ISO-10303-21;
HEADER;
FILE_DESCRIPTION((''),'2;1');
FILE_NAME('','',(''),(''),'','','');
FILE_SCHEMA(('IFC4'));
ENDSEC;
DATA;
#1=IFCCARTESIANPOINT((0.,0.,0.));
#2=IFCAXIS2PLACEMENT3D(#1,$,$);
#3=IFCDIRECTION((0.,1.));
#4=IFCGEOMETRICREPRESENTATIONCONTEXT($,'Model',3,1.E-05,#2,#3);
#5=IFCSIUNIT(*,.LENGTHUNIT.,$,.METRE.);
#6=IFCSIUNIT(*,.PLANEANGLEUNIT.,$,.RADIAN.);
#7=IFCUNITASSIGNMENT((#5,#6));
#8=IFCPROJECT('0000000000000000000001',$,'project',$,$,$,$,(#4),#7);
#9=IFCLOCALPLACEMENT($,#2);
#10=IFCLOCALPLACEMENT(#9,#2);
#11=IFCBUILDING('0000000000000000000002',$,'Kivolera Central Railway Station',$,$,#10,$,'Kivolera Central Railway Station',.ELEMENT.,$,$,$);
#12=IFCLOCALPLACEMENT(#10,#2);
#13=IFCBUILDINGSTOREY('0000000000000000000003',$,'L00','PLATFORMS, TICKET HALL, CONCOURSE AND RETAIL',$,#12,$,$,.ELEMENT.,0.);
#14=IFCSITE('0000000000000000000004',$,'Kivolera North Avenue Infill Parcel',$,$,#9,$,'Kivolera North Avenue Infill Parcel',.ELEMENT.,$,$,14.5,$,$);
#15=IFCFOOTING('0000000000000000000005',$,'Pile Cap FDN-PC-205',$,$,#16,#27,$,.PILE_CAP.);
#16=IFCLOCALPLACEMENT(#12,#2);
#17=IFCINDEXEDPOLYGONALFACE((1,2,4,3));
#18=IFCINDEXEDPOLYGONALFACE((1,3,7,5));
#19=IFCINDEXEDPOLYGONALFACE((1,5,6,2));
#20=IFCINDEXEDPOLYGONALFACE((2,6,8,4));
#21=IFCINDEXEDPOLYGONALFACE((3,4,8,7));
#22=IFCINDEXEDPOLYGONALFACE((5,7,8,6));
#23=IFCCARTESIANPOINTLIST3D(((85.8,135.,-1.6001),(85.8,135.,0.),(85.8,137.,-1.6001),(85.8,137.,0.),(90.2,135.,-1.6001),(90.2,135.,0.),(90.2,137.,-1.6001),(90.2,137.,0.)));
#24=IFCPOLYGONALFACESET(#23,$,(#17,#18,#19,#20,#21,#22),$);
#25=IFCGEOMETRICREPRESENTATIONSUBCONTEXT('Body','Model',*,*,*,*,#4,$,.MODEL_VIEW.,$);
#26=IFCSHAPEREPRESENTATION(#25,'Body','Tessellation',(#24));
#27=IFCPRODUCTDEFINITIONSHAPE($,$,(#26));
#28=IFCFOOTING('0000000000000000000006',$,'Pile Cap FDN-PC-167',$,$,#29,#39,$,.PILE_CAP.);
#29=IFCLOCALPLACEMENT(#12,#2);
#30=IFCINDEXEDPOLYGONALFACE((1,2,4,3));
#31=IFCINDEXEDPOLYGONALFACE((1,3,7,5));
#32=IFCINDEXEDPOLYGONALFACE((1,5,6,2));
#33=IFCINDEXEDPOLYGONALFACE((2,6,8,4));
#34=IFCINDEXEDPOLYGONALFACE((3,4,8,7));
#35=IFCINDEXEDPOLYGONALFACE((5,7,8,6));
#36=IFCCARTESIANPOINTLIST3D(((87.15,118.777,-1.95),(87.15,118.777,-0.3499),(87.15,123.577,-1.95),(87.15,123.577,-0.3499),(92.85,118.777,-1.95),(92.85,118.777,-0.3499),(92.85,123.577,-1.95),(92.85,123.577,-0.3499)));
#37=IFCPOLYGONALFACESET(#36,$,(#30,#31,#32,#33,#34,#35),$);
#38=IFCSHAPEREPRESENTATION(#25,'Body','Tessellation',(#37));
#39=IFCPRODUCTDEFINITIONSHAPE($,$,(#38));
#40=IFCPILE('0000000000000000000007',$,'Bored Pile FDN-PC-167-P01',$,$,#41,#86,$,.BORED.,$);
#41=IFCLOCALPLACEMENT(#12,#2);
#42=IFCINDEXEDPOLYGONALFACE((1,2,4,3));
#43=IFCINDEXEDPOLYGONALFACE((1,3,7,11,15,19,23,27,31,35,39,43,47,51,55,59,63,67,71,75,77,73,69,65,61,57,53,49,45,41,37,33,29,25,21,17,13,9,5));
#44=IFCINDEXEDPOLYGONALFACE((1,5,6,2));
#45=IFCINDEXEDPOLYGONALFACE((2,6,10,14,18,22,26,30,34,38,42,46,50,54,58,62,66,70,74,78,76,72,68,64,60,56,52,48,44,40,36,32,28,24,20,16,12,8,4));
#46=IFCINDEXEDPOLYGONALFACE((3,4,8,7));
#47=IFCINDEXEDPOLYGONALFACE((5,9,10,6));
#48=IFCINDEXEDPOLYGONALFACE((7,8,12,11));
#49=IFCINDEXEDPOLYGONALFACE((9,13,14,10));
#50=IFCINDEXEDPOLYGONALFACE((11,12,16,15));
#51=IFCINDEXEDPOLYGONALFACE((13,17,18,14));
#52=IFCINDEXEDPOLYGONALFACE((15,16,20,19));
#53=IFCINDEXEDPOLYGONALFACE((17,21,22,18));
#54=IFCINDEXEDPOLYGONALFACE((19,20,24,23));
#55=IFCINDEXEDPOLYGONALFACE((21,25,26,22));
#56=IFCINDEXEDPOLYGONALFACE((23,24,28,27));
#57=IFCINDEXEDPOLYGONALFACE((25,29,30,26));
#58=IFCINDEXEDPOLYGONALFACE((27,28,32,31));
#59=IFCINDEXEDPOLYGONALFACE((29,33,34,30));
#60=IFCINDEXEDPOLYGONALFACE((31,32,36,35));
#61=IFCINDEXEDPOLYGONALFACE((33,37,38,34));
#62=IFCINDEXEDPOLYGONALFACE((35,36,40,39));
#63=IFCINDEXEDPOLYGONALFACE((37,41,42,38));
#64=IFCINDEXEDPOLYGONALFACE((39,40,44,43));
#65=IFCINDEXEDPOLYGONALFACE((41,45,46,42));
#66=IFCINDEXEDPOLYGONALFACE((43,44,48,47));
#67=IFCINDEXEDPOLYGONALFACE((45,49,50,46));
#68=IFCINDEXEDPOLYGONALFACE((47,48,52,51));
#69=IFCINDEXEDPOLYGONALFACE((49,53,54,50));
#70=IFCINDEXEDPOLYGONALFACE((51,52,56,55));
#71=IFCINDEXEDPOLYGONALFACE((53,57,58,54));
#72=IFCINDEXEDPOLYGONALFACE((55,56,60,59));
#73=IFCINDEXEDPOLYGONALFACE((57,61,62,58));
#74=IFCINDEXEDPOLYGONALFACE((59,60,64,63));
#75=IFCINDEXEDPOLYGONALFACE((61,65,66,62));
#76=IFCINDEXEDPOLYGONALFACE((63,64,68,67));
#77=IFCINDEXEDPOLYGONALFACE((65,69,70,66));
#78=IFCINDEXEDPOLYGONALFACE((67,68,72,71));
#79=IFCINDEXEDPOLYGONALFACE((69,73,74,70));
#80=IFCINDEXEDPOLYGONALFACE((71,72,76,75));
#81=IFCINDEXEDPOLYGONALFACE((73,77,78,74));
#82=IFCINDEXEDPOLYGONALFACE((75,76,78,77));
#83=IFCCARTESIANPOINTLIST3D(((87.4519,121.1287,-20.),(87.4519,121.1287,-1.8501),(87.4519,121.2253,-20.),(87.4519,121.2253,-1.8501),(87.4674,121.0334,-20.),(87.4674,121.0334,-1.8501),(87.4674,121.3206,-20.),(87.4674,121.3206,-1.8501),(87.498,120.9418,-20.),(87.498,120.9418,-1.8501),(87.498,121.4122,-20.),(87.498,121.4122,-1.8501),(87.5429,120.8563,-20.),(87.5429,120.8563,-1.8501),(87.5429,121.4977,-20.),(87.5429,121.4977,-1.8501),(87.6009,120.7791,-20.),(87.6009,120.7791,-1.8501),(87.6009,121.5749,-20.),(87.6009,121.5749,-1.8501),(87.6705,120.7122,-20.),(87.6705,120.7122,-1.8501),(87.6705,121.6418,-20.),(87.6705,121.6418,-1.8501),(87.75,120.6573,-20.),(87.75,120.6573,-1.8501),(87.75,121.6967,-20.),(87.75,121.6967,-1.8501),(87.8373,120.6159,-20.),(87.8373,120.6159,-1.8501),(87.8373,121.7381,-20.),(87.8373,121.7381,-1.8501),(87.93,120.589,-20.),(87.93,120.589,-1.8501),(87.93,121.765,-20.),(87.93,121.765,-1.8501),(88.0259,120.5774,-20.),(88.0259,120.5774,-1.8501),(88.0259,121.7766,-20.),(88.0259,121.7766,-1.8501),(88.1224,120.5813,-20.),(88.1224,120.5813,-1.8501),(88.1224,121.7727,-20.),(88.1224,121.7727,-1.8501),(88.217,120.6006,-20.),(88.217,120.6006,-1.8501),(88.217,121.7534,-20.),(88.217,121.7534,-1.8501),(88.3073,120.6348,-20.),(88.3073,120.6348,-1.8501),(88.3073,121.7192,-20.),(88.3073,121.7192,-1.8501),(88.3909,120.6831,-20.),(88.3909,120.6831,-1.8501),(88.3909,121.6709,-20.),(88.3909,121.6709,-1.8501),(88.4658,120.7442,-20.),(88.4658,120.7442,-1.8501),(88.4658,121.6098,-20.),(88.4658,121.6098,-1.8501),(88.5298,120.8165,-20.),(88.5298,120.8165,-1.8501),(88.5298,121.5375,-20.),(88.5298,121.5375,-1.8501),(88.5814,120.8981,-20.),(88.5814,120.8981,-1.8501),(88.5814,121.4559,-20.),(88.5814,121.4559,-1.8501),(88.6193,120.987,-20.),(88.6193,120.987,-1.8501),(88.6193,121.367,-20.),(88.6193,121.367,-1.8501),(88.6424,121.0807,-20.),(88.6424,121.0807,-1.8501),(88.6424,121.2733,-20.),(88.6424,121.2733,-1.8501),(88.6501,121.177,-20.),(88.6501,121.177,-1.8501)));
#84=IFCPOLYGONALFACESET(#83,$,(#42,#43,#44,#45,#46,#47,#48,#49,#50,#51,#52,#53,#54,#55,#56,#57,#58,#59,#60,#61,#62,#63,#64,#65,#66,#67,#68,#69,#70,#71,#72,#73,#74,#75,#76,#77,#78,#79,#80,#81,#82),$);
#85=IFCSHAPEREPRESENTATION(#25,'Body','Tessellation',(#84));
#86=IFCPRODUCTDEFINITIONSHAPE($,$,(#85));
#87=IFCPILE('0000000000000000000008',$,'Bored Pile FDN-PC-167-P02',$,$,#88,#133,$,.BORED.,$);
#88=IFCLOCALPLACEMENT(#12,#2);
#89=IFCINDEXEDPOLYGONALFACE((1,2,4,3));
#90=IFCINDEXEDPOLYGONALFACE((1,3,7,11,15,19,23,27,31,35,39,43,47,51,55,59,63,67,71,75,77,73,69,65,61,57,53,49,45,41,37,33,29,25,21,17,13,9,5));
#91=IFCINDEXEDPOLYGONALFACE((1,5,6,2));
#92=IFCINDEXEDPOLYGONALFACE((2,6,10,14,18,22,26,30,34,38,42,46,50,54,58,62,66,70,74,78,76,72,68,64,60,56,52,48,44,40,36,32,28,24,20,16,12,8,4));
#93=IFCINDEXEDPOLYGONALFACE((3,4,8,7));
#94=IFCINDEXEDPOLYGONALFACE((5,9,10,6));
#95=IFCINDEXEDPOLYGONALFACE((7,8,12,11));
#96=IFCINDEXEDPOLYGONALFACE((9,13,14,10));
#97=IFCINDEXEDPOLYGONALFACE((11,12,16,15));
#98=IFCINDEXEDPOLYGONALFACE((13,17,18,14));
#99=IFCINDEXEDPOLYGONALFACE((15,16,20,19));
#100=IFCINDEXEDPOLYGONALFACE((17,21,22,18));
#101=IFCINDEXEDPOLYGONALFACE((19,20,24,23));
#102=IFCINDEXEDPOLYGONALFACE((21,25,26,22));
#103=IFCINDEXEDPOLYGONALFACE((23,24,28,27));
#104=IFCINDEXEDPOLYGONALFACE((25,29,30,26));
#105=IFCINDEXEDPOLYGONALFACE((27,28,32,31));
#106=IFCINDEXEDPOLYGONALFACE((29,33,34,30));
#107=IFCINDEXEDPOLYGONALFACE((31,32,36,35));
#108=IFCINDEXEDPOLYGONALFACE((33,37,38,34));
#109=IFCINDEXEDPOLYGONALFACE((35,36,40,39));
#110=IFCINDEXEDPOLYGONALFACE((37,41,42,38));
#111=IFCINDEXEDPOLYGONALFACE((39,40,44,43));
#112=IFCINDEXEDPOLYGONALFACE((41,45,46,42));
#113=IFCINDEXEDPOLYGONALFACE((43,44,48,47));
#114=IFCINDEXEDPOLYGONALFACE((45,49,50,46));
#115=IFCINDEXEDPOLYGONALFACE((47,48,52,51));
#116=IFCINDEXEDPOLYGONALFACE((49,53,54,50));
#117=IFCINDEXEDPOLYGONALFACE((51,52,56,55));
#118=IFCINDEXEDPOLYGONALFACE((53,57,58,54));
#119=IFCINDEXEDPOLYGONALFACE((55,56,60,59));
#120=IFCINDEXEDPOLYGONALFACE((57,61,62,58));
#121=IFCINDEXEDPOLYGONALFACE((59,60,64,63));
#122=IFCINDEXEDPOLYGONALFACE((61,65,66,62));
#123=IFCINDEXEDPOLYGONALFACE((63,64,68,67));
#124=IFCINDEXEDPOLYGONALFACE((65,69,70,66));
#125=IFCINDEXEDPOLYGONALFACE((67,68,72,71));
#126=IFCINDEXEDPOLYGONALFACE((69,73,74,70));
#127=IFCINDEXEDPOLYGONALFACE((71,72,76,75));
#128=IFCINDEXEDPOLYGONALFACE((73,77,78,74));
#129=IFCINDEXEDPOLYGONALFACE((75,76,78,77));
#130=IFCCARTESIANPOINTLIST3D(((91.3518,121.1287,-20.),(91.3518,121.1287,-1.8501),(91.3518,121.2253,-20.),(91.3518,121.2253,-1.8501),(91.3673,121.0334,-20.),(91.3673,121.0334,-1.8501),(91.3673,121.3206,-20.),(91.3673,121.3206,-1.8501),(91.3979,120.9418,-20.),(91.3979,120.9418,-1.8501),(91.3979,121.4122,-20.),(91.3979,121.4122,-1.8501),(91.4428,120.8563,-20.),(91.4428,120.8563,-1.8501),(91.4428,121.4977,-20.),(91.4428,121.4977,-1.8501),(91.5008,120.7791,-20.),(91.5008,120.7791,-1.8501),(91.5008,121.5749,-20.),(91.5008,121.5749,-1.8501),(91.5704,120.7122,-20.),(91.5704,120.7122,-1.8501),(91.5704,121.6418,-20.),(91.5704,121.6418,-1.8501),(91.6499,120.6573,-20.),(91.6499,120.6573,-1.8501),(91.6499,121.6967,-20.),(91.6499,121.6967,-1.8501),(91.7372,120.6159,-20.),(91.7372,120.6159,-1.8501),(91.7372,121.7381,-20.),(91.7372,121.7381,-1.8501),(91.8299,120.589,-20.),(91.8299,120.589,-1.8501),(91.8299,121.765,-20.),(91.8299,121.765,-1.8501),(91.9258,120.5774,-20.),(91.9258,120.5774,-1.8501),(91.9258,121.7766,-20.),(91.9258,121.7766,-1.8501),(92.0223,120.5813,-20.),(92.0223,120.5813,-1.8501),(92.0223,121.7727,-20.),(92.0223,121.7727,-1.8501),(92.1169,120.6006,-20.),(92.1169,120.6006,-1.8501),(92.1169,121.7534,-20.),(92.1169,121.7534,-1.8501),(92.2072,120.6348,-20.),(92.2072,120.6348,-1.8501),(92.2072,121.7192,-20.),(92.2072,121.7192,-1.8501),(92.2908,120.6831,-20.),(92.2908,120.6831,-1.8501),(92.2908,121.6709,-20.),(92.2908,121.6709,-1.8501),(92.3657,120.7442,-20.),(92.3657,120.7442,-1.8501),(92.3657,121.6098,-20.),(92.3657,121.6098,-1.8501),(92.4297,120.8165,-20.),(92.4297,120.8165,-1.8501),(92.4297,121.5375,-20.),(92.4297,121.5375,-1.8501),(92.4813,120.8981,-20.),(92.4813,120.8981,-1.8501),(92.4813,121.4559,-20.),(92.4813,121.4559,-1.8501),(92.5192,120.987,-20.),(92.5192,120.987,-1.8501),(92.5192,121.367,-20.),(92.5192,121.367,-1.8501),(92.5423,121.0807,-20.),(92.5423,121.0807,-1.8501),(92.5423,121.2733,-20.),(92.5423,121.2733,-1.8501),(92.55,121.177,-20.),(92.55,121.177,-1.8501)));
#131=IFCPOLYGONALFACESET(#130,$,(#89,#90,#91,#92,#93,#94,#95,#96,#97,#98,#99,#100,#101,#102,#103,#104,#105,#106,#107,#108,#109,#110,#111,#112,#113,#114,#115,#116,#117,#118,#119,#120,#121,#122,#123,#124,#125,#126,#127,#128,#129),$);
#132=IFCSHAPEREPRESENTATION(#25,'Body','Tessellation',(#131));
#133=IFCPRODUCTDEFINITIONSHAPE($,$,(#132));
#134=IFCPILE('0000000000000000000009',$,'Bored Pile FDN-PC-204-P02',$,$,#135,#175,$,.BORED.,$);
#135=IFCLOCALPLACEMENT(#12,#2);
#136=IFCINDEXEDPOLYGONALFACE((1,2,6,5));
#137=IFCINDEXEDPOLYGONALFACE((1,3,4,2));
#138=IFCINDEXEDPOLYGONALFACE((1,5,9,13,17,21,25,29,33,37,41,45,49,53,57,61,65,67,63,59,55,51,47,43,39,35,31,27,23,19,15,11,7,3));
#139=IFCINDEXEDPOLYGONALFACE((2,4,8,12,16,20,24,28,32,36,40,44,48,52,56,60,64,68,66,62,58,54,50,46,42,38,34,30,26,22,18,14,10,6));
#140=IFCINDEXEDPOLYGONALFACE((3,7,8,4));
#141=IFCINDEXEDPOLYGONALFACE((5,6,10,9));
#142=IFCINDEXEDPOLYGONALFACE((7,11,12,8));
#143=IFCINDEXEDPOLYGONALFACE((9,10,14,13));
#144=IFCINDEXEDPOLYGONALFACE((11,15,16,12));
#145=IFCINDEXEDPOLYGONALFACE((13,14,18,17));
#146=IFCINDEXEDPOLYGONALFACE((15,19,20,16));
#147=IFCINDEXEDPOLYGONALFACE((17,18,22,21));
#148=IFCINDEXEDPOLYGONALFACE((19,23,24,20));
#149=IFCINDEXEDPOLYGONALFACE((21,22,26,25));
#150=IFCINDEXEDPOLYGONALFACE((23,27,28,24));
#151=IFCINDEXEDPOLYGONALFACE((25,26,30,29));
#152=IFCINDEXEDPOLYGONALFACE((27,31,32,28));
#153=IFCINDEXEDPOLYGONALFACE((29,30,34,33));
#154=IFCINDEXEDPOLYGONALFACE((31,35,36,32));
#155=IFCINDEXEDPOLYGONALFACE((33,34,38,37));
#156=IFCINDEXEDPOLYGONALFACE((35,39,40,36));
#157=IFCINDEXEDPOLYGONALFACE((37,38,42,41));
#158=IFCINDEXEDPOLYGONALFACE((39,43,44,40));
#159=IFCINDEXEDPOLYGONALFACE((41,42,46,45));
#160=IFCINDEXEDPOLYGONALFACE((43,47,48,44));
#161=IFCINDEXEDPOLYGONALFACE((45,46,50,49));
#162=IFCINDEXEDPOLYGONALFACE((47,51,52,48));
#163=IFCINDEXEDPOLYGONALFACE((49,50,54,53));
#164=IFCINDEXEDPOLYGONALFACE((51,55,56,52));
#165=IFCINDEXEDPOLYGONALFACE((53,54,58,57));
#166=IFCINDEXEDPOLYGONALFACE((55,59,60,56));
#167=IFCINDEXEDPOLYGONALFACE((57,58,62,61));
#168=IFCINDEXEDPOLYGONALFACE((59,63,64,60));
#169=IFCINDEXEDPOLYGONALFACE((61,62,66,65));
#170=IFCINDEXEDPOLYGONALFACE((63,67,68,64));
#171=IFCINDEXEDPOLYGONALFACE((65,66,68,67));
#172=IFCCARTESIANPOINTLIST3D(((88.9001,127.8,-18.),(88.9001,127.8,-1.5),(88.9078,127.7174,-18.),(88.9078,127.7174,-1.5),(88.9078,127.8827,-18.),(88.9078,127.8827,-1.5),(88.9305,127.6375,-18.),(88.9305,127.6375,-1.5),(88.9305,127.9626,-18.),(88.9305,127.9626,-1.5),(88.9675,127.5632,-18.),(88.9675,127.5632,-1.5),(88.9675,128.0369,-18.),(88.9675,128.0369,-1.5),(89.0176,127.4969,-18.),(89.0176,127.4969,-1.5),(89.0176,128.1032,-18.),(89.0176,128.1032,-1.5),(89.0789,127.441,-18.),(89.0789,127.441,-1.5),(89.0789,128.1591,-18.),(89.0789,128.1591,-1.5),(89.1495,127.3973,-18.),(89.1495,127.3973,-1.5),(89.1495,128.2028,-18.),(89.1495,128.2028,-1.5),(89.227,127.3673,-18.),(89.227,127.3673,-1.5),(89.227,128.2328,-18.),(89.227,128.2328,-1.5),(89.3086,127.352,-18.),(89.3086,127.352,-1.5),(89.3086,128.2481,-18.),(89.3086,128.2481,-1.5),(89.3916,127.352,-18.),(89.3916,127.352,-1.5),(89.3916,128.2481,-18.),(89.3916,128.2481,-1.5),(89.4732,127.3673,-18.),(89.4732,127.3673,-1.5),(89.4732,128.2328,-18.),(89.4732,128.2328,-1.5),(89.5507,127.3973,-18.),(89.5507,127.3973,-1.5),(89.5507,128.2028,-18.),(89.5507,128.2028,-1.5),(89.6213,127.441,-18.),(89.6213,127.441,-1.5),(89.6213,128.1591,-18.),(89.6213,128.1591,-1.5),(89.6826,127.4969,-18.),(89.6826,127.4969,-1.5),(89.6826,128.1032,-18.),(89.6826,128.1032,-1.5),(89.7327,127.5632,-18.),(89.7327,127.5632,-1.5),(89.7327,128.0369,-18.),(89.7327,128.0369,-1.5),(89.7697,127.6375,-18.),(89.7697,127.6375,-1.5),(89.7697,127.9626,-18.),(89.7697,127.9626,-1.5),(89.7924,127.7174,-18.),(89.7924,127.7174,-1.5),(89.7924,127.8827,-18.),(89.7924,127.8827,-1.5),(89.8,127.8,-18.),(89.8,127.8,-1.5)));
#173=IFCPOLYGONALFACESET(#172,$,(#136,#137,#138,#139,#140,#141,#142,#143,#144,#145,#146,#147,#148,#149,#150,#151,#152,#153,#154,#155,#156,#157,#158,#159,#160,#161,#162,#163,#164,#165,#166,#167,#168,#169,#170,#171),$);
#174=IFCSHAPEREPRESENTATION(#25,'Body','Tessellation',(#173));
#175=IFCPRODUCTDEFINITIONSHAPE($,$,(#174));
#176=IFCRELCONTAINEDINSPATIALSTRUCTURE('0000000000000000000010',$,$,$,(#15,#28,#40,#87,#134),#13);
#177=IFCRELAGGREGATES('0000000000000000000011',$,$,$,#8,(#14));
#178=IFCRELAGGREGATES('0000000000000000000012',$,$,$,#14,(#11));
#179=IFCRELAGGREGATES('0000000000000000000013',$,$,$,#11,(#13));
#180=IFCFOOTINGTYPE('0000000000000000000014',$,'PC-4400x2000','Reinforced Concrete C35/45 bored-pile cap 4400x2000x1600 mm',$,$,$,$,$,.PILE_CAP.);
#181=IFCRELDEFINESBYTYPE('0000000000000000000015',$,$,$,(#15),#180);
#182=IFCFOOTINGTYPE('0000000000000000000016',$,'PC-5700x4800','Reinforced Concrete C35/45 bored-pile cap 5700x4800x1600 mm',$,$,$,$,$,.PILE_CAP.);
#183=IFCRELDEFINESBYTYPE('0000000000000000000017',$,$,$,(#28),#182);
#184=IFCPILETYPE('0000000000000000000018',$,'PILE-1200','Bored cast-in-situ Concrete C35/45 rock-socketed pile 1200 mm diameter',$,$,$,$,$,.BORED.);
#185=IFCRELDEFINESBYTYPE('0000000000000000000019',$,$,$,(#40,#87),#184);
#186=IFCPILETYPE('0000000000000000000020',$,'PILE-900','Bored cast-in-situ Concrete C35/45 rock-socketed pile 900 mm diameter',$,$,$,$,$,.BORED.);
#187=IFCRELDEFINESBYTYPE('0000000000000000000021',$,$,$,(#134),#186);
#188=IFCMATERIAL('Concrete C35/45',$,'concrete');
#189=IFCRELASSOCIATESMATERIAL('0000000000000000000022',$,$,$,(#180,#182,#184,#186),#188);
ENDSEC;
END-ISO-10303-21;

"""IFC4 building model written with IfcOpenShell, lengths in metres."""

from ifc_helpers import new_model, si_unit, direction, frame, origin, origin_2d, place, context, subcontext, project, spatial, rectangle, circle, extrude, material, material_profile, profile_set, type_object, element, save


model = new_model("IFC4")

# Units and contexts
model_context = context("Model", 3, precision=1e-05, world=origin(), true_north=direction((0.0, 1.0)))
body_context = subcontext(model_context, "Body", "Model", "MODEL_VIEW")
ifc_project = project(units=[si_unit("LENGTHUNIT", "METRE"), si_unit("PLANEANGLEUNIT", "RADIAN")], contexts=[model_context])

# Site, building, storey
site_placement = place(None, origin())
site = spatial("IfcSite", under=ifc_project, at=site_placement, Name="Kivolera North Avenue Infill Parcel", LongName="Kivolera North Avenue Infill Parcel", CompositionType="ELEMENT", RefElevation=14.5)
building_placement = place(site_placement, origin())
building = spatial("IfcBuilding", under=site, at=building_placement, Name="Kivolera Central Railway Station", LongName="Kivolera Central Railway Station", CompositionType="ELEMENT")
storey_placement = place(building_placement, origin())
storey = spatial("IfcBuildingStorey", under=building, at=storey_placement, Name="L00", Description="PLATFORMS, TICKET HALL, CONCOURSE AND RETAIL", CompositionType="ELEMENT", Elevation=0.0)

# Footings
ifc_material_1 = material(Name="Concrete C35/45", Category="concrete")
footing_type_1 = type_object("IfcFootingType", Name="PC-4400x2000", Description="Reinforced Concrete C35/45 bored-pile cap 4400x2000x1600 mm", PredefinedType="PILE_CAP", material=ifc_material_1)
footing_1_placement = place(storey_placement, frame((88.0, 136.0, -1.6001), z_axis=(0.0, 0.0, 1.0), x_axis=(1.0, 0.0, 0.0)))
element("IfcFooting", 1, at=footing_1_placement, inside=storey, type_object=footing_type_1, Name="Pile Cap FDN-PC-205", PredefinedType="PILE_CAP", context=body_context, shape_type="SweptSolid", body=[
    extrude(rectangle(XDim=4.3999, YDim=2.0, at=origin_2d()), origin(), (0.0, 0.0, 1.0), 1.6001),
])
footing_type_2 = type_object("IfcFootingType", Name="PC-5700x4800", Description="Reinforced Concrete C35/45 bored-pile cap 5700x4800x1600 mm", PredefinedType="PILE_CAP", material=ifc_material_1)
footing_2_placement = place(storey_placement, frame((90.0, 121.177, -1.95), z_axis=(0.0, 0.0, 1.0), x_axis=(1.0, 0.0, 0.0)))
element("IfcFooting", 2, at=footing_2_placement, inside=storey, type_object=footing_type_2, Name="Pile Cap FDN-PC-167", PredefinedType="PILE_CAP", context=body_context, shape_type="SweptSolid", body=[
    extrude(rectangle(XDim=5.7, YDim=4.8, at=origin_2d()), origin(), (0.0, 0.0, 1.0), 1.6001),
])

# Piles
ifc_material_profile_1 = material_profile(ifc_material_1, circle(Radius=0.6001, at=origin_2d()), Name="PILE D1200")
ifc_profile_set_1 = profile_set([ifc_material_profile_1], Name="Concrete C35/45")
pile_type_1 = type_object("IfcPileType", Name="PILE-1200", Description="Bored cast-in-situ Concrete C35/45 rock-socketed pile 1200 mm diameter", PredefinedType="BORED", material=ifc_profile_set_1)
for number, where, z_axis, x_axis, name in (
    (3, (88.05, 121.177, -1.8501), (0.0, 0.0, -1.0), (1.0, 0.0, 0.0), "Bored Pile FDN-PC-167-P01"),
    (4, (91.95, 121.177, -1.8501), (0.0, 0.0, -1.0), (1.0, 0.0, 0.0), "Bored Pile FDN-PC-167-P02"),
):
    element("IfcPile", number, at=place(storey_placement, frame(where, z_axis=z_axis, x_axis=x_axis)), inside=storey, type_object=pile_type_1, Name=name, PredefinedType="BORED", context=body_context, shape_type="SweptSolid", body=[
        extrude(circle(Radius=0.6001, at=origin_2d()), origin(), (0.0, 0.0, 1.0), 18.1499),
    ])
ifc_material_profile_2 = material_profile(ifc_material_1, circle(Radius=0.45, at=origin_2d()), Name="PILE D900")
ifc_profile_set_2 = profile_set([ifc_material_profile_2], Name="Concrete C35/45")
pile_type_2 = type_object("IfcPileType", Name="PILE-900", Description="Bored cast-in-situ Concrete C35/45 rock-socketed pile 900 mm diameter", PredefinedType="BORED", material=ifc_profile_set_2)
for number, where, z_axis, x_axis, name in (
    (5, (89.3501, 127.8, -1.5), (0.0, 0.0, -1.0), (1.0, 0.0, 0.0), "Bored Pile FDN-PC-204-P02"),
):
    element("IfcPile", number, at=place(storey_placement, frame(where, z_axis=z_axis, x_axis=x_axis)), inside=storey, type_object=pile_type_2, Name=name, PredefinedType="BORED", context=body_context, shape_type="SweptSolid", body=[
        extrude(circle(Radius=0.45, at=origin_2d()), origin(), (0.0, 0.0, 1.0), 16.5),
    ])

save(model, "model.ifc")
